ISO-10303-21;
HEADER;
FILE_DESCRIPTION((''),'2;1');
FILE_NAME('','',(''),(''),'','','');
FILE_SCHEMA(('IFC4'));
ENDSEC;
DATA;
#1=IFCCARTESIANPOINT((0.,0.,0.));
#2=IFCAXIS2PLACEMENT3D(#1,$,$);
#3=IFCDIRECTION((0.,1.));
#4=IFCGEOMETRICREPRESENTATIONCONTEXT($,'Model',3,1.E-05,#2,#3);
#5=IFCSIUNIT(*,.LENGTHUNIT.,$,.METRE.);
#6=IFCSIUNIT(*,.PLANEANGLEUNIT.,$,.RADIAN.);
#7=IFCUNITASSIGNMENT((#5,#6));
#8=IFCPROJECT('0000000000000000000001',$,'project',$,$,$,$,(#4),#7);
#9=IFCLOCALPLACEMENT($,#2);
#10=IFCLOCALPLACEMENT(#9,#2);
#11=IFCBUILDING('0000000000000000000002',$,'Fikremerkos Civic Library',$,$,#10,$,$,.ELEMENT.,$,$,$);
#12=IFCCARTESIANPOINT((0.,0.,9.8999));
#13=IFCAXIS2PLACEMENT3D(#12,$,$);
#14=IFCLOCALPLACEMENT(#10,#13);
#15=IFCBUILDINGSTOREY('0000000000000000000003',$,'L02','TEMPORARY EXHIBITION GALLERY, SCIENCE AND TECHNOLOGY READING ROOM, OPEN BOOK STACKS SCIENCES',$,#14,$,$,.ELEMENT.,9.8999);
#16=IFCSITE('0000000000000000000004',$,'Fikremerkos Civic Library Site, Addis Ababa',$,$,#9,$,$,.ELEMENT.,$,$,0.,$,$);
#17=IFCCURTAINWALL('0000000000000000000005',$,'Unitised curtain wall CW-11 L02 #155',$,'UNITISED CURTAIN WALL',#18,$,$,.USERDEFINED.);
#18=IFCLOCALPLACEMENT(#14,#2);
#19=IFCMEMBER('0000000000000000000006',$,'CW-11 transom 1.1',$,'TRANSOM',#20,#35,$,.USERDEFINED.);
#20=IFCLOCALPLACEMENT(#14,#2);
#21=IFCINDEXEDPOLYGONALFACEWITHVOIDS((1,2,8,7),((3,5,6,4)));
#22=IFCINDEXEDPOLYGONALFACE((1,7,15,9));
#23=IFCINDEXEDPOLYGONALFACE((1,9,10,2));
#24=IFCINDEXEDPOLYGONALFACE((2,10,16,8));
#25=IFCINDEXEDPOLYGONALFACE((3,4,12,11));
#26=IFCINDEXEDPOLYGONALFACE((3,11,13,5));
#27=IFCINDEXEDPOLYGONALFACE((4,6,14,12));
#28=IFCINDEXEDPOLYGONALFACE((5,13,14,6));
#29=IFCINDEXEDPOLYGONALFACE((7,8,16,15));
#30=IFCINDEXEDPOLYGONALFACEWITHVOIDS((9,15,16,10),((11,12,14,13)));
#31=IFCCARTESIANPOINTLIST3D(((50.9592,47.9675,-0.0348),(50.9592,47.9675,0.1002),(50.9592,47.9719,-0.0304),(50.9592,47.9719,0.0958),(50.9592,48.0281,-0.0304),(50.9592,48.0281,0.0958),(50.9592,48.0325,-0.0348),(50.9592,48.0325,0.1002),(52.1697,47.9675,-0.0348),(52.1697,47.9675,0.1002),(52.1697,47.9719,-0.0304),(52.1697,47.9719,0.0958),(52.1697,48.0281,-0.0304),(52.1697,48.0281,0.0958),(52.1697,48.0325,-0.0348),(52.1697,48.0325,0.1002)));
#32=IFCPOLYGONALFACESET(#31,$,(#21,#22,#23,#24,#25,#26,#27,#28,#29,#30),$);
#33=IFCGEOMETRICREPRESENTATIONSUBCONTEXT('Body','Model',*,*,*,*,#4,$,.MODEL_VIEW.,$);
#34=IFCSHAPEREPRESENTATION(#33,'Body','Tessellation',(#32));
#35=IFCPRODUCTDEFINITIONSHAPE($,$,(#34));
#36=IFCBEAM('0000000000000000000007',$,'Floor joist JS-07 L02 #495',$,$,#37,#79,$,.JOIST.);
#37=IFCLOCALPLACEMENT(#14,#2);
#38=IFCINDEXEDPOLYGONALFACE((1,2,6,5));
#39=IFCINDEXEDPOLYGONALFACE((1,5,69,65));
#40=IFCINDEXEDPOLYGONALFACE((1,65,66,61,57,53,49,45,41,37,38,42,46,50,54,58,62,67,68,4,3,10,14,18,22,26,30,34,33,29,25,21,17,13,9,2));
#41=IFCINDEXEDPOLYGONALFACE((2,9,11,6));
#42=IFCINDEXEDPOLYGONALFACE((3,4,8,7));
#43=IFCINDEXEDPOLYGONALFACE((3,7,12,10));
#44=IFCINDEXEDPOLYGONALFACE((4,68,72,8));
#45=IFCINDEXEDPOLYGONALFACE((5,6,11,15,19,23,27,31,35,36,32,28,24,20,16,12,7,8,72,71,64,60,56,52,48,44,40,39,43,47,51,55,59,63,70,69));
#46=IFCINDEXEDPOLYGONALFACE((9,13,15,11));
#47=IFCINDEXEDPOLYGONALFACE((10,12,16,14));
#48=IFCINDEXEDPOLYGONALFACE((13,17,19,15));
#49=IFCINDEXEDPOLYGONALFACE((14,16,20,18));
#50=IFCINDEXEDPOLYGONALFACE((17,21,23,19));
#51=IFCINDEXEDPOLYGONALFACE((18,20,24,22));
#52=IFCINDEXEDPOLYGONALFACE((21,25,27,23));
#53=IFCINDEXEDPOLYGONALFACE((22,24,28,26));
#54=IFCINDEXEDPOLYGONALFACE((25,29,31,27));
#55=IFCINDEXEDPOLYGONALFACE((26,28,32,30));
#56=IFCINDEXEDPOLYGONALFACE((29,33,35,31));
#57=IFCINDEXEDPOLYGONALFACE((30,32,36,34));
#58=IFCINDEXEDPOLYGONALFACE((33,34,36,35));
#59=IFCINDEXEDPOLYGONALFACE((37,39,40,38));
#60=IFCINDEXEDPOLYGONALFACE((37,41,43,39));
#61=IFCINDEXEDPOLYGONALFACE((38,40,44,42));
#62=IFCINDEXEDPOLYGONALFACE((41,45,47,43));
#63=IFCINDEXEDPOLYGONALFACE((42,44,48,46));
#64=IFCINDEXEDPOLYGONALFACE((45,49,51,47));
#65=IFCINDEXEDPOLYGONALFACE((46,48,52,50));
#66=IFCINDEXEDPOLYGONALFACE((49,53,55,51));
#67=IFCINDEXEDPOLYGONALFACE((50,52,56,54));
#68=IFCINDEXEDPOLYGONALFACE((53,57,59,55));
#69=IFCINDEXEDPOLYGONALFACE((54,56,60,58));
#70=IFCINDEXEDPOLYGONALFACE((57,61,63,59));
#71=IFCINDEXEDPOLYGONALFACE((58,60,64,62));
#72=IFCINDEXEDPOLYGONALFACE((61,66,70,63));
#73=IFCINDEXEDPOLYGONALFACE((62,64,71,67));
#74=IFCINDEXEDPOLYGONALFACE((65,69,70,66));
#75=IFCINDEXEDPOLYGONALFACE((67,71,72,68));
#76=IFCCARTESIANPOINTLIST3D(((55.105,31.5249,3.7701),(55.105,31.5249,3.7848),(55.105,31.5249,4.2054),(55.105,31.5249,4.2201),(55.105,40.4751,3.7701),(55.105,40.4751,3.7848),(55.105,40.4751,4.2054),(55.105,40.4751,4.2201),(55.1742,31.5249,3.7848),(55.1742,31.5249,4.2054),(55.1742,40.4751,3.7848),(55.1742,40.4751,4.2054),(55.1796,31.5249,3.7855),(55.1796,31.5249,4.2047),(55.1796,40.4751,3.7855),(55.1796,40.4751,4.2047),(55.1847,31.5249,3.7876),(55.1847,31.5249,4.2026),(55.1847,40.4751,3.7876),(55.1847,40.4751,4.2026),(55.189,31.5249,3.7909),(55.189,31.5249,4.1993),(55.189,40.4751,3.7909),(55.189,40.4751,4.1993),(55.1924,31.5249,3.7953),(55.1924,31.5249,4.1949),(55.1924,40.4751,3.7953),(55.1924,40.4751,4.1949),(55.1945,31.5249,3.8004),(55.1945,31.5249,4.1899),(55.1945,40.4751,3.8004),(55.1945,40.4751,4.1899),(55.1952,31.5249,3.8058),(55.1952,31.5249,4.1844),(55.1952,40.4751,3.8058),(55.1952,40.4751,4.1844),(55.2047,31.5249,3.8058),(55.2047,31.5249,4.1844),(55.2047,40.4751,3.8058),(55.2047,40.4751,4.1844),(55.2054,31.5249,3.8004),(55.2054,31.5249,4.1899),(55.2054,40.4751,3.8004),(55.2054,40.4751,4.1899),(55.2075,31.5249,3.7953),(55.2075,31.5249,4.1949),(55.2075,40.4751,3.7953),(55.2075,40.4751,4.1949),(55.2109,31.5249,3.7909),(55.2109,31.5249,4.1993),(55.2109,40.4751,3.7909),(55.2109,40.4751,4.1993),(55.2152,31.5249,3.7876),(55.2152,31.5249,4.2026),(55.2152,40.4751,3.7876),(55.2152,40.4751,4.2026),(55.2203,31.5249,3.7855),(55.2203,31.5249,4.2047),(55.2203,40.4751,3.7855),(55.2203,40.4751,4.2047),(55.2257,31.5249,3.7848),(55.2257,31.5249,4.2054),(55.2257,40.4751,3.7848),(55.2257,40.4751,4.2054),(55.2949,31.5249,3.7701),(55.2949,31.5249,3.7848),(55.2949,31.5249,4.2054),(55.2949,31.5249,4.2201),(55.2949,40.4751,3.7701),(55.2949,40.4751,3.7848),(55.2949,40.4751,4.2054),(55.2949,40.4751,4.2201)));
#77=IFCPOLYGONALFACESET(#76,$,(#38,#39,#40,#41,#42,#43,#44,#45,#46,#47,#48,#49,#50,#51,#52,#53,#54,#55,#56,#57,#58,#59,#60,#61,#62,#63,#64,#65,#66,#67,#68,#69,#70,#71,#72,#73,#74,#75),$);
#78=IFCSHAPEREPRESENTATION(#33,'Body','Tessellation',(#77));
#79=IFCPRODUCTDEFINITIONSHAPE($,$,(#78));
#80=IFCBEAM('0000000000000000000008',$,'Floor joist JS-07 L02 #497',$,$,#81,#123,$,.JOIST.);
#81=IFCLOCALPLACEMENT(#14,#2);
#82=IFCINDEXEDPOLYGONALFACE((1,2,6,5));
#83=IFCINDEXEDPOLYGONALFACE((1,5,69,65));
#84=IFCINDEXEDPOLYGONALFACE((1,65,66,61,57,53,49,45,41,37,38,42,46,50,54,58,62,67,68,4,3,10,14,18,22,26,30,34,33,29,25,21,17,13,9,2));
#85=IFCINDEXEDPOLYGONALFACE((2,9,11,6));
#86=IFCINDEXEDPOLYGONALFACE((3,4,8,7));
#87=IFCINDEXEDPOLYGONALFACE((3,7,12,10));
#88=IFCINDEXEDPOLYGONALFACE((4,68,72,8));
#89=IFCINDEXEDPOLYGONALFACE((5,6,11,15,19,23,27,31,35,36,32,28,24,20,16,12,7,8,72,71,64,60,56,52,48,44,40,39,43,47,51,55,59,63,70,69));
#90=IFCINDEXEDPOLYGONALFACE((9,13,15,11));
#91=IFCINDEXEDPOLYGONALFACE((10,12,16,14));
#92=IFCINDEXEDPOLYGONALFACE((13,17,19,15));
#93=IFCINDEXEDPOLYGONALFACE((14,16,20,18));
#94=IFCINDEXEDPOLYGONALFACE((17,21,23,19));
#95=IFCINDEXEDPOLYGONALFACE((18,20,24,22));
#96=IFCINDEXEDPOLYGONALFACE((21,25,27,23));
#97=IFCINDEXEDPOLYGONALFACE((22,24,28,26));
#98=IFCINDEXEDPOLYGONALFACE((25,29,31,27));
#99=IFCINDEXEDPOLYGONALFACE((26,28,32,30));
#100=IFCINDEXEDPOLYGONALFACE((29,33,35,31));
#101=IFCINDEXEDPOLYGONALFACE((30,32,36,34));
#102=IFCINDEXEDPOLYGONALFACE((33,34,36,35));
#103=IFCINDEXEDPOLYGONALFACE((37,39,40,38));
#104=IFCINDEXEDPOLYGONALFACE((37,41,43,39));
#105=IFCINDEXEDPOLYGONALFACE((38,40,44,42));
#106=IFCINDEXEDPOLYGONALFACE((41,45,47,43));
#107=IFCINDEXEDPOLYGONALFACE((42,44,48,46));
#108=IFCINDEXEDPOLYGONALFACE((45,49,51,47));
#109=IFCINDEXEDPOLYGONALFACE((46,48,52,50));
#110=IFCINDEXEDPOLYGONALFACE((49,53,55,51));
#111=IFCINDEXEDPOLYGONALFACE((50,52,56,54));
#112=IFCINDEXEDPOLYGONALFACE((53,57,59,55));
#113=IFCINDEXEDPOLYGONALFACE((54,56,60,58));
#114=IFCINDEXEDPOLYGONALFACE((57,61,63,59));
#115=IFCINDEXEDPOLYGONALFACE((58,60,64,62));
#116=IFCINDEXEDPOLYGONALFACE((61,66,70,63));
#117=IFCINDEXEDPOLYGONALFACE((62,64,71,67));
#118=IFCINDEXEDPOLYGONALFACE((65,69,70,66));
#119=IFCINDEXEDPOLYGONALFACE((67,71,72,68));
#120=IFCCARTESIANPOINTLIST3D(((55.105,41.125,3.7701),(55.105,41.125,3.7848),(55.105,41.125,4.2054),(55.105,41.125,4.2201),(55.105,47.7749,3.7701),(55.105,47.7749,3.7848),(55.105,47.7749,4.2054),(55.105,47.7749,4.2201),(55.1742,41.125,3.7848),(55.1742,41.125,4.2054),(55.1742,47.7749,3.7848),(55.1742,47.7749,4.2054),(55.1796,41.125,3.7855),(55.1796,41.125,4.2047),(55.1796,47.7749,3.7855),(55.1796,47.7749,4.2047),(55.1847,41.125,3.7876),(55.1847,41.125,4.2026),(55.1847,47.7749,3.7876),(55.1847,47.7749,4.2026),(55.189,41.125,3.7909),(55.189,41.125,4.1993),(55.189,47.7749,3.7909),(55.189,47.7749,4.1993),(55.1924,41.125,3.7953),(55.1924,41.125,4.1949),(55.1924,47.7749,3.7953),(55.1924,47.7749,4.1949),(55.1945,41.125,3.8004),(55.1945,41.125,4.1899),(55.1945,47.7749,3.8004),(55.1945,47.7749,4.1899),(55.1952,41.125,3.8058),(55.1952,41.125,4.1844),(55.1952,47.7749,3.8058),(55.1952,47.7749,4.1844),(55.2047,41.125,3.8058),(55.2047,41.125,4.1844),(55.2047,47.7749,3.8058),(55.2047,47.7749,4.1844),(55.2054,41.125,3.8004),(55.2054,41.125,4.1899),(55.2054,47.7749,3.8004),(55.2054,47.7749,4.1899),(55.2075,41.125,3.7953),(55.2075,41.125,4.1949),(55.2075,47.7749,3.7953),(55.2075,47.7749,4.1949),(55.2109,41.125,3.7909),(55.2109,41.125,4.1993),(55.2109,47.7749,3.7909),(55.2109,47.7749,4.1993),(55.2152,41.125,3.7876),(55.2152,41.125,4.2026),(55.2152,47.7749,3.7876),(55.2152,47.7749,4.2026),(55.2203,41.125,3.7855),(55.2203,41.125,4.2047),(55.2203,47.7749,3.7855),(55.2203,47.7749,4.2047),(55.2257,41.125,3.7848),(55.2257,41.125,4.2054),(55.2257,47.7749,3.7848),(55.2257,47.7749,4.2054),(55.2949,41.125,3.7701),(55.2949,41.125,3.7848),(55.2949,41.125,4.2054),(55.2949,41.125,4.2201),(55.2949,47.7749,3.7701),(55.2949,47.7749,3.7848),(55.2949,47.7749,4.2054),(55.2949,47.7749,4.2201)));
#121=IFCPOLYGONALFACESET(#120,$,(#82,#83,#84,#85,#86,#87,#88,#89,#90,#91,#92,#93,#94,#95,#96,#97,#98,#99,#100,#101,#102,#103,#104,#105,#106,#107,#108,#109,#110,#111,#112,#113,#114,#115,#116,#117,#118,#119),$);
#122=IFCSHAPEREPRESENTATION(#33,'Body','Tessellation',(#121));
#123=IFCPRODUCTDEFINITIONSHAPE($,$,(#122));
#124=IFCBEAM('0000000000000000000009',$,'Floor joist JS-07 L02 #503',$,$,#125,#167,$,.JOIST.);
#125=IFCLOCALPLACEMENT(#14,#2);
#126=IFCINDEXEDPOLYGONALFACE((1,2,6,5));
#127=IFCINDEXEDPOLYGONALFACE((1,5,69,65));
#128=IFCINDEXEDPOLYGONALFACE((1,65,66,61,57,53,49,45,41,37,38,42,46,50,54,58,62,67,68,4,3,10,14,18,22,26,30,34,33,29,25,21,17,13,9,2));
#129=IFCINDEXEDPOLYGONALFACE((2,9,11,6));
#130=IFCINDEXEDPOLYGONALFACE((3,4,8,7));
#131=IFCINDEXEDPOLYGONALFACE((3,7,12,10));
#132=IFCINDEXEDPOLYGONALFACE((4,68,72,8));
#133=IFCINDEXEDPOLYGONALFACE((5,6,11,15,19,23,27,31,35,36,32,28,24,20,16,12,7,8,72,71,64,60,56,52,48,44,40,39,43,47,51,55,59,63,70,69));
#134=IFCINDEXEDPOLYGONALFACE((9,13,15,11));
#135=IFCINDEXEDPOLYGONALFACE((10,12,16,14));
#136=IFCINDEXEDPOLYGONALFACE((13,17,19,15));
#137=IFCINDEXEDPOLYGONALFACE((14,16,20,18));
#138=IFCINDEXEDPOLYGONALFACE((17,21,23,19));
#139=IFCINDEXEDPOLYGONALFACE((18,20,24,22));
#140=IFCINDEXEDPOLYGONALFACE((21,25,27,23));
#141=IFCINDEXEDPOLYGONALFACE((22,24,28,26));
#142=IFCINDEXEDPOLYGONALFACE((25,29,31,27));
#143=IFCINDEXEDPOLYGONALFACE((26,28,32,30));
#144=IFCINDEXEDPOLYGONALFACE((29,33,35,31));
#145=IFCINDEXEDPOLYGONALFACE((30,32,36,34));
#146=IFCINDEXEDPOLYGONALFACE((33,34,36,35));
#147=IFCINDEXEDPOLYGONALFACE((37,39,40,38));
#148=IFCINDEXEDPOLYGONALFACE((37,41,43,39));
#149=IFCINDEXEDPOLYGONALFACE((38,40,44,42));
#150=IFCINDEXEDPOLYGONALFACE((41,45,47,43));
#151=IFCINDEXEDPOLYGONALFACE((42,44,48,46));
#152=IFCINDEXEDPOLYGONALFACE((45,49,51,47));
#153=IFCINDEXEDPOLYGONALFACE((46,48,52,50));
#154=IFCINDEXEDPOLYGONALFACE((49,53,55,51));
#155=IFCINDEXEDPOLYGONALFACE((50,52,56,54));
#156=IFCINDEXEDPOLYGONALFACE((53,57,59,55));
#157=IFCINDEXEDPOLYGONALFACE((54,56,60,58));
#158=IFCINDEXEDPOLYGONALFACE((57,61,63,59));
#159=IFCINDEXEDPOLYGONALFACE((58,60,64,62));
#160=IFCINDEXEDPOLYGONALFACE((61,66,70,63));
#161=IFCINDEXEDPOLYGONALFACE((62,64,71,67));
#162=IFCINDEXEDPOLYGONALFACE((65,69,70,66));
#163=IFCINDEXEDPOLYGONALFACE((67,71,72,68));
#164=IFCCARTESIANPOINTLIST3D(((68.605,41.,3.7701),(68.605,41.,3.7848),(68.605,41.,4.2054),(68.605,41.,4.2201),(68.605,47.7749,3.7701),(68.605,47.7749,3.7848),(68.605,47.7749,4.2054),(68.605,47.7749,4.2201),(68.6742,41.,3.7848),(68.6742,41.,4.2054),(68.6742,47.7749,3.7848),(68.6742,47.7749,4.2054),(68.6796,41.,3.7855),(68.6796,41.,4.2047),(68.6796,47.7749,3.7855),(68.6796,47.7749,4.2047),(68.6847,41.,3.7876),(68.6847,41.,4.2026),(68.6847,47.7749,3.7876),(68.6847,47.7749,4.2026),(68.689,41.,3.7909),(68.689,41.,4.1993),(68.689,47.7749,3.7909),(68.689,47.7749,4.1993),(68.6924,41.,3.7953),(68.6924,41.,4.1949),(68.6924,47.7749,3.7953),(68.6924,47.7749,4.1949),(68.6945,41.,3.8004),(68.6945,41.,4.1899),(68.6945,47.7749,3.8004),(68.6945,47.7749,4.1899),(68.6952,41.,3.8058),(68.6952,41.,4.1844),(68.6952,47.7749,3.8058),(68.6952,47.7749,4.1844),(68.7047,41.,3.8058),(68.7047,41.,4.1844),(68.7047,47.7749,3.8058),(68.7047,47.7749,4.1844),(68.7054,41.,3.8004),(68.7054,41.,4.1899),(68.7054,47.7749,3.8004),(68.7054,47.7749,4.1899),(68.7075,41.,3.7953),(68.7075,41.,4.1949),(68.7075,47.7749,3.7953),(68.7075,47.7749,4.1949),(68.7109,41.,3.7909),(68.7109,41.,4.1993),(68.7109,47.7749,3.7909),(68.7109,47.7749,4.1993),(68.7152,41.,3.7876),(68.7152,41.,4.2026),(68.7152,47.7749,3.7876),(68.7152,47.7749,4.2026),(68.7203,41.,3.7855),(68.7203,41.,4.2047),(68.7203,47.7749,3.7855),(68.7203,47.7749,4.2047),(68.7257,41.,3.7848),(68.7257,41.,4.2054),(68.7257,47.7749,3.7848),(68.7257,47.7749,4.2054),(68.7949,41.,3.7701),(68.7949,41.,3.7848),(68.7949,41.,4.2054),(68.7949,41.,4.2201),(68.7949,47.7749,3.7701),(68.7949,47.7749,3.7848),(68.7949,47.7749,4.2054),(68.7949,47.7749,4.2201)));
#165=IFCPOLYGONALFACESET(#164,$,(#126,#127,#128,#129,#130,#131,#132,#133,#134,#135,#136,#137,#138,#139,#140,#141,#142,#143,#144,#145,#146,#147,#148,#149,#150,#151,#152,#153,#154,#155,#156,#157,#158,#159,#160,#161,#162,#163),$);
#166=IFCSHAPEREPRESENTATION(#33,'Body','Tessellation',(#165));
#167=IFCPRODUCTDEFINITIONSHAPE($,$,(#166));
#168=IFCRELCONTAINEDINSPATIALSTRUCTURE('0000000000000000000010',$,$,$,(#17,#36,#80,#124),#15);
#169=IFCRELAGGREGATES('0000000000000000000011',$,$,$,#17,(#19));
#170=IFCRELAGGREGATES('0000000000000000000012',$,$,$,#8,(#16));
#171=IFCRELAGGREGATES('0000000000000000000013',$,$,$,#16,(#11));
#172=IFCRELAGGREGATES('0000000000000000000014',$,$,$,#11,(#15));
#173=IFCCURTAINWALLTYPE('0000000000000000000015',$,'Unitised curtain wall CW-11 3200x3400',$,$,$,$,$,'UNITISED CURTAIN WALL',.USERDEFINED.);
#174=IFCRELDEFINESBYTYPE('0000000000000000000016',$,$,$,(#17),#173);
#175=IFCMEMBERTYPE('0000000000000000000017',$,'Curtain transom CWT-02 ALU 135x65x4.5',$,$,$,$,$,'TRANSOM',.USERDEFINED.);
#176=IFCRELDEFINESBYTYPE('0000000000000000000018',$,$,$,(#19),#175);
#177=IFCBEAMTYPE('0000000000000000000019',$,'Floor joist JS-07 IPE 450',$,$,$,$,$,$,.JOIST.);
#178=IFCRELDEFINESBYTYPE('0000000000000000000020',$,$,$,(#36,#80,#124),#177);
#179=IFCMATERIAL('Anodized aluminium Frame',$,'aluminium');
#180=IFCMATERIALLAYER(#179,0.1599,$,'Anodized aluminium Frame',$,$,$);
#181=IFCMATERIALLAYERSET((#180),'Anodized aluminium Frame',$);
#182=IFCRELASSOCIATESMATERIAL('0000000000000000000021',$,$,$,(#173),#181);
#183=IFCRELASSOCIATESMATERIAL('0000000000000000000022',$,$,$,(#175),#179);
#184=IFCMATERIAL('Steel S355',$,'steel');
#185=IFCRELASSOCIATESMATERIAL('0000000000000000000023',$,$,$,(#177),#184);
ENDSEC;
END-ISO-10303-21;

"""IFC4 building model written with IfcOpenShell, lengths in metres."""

from ifc_helpers import new_model, si_unit, direction, frame, origin, origin_2d, place, context, subcontext, project, spatial, hollow_rectangle, i_section, extrude, material, layer, layer_set, material_profile, profile_set, type_object, element, aggregate, save


model = new_model("IFC4")

# Units and contexts
model_context = context("Model", 3, precision=1e-05, world=origin(), true_north=direction((0.0, 1.0)))
body_context = subcontext(model_context, "Body", "Model", "MODEL_VIEW")
ifc_project = project(units=[si_unit("LENGTHUNIT", "METRE"), si_unit("PLANEANGLEUNIT", "RADIAN")], contexts=[model_context])

# Site, building, storey
site_placement = place(None, origin())
site = spatial("IfcSite", under=ifc_project, at=site_placement, Name="Fikremerkos Civic Library Site, Addis Ababa", CompositionType="ELEMENT", RefElevation=0.0)
building_placement = place(site_placement, origin())
building = spatial("IfcBuilding", under=site, at=building_placement, Name="Fikremerkos Civic Library", CompositionType="ELEMENT")
storey_placement = place(building_placement, frame((0.0, 0.0, 9.8999)))
storey = spatial("IfcBuildingStorey", under=building, at=storey_placement, Name="L02", Description="TEMPORARY EXHIBITION GALLERY, SCIENCE AND TECHNOLOGY READING ROOM, OPEN BOOK STACKS SCIENCES", CompositionType="ELEMENT", Elevation=9.8999)

# Shared definitions
ifc_material_1 = material(Name="Steel S355", Category="steel")

# Shared definitions
ifc_material_2 = material(Name="Anodized aluminium Frame", Category="aluminium")

# Curtain wall, member
ifc_layer_1 = layer(ifc_material_2, 0.1599, Name="Anodized aluminium Frame")
ifc_layer_set_1 = layer_set([ifc_layer_1], Name="Anodized aluminium Frame")
curtain_wall_type_1 = type_object("IfcCurtainWallType", Name="Unitised curtain wall CW-11 3200x3400", ElementType="UNITISED CURTAIN WALL", PredefinedType="USERDEFINED", material=ifc_layer_set_1)
curtain_wall_1_placement = place(storey_placement, origin())
curtain_wall_1 = element("IfcCurtainWall", 1, at=curtain_wall_1_placement, inside=storey, type_object=curtain_wall_type_1, Name="Unitised curtain wall CW-11 L02 #155", ObjectType="UNITISED CURTAIN WALL", PredefinedType="USERDEFINED")
ifc_material_profile_1 = material_profile(ifc_material_2, hollow_rectangle(XDim=0.0649, YDim=0.135, WallThickness=0.0044, at=origin_2d()), Name="ALU 135x65x4.5")
ifc_profile_set_1 = profile_set([ifc_material_profile_1], Name="Anodized aluminium Frame")
member_type_1 = type_object("IfcMemberType", Name="Curtain transom CWT-02 ALU 135x65x4.5", ElementType="TRANSOM", PredefinedType="USERDEFINED", material=ifc_profile_set_1)
member_1_placement = place(storey_placement, frame((50.9592, 48.0, 0.0327), z_axis=(1.0, 0.0, 0.0), x_axis=(0.0, 1.0, 0.0)))
member_1 = element("IfcMember", 2, at=member_1_placement, type_object=member_type_1, Name="CW-11 transom 1.1", ObjectType="TRANSOM", PredefinedType="USERDEFINED", context=body_context, shape_type="SweptSolid", body=[
    extrude(hollow_rectangle(XDim=0.0649, YDim=0.135, WallThickness=0.0044, at=origin_2d()), origin(), (0.0, 0.0, 1.0), 1.2104),
])
aggregate(curtain_wall_1, [member_1])

# Beams
ifc_material_profile_2 = material_profile(ifc_material_1, i_section(OverallWidth=0.1899, OverallDepth=0.45, WebThickness=0.0095, FlangeThickness=0.0146, FilletRadius=0.021, at=origin_2d()), Name="IPE 450")
ifc_profile_set_2 = profile_set([ifc_material_profile_2], Name="Steel S355")
beam_type_1 = type_object("IfcBeamType", Name="Floor joist JS-07 IPE 450", PredefinedType="JOIST", material=ifc_profile_set_2)
beam_1_placement = place(storey_placement, frame((55.2, 31.5249, 3.9951), z_axis=(0.0, 1.0, 0.0), x_axis=(-1.0, 0.0, 0.0)))
element("IfcBeam", 3, at=beam_1_placement, inside=storey, type_object=beam_type_1, Name="Floor joist JS-07 L02 #495", PredefinedType="JOIST", context=body_context, shape_type="SweptSolid", body=[
    extrude(i_section(OverallWidth=0.1899, OverallDepth=0.45, WebThickness=0.0095, FlangeThickness=0.0146, FilletRadius=0.021, at=origin_2d()), origin(), (0.0, 0.0, 1.0), 8.9502),
])
beam_2_placement = place(storey_placement, frame((55.2, 41.125, 3.9951), z_axis=(0.0, 1.0, 0.0), x_axis=(-1.0, 0.0, 0.0)))
element("IfcBeam", 4, at=beam_2_placement, inside=storey, type_object=beam_type_1, Name="Floor joist JS-07 L02 #497", PredefinedType="JOIST", context=body_context, shape_type="SweptSolid", body=[
    extrude(i_section(OverallWidth=0.1899, OverallDepth=0.45, WebThickness=0.0095, FlangeThickness=0.0146, FilletRadius=0.021, at=origin_2d()), origin(), (0.0, 0.0, 1.0), 6.6499),
])
beam_3_placement = place(storey_placement, frame((68.7, 41.0, 3.9951), z_axis=(0.0, 1.0, 0.0), x_axis=(-1.0, 0.0, 0.0)))
element("IfcBeam", 5, at=beam_3_placement, inside=storey, type_object=beam_type_1, Name="Floor joist JS-07 L02 #503", PredefinedType="JOIST", context=body_context, shape_type="SweptSolid", body=[
    extrude(i_section(OverallWidth=0.1899, OverallDepth=0.45, WebThickness=0.0095, FlangeThickness=0.0146, FilletRadius=0.021, at=origin_2d()), origin(), (0.0, 0.0, 1.0), 6.7749),
])

save(model, "model.ifc")
